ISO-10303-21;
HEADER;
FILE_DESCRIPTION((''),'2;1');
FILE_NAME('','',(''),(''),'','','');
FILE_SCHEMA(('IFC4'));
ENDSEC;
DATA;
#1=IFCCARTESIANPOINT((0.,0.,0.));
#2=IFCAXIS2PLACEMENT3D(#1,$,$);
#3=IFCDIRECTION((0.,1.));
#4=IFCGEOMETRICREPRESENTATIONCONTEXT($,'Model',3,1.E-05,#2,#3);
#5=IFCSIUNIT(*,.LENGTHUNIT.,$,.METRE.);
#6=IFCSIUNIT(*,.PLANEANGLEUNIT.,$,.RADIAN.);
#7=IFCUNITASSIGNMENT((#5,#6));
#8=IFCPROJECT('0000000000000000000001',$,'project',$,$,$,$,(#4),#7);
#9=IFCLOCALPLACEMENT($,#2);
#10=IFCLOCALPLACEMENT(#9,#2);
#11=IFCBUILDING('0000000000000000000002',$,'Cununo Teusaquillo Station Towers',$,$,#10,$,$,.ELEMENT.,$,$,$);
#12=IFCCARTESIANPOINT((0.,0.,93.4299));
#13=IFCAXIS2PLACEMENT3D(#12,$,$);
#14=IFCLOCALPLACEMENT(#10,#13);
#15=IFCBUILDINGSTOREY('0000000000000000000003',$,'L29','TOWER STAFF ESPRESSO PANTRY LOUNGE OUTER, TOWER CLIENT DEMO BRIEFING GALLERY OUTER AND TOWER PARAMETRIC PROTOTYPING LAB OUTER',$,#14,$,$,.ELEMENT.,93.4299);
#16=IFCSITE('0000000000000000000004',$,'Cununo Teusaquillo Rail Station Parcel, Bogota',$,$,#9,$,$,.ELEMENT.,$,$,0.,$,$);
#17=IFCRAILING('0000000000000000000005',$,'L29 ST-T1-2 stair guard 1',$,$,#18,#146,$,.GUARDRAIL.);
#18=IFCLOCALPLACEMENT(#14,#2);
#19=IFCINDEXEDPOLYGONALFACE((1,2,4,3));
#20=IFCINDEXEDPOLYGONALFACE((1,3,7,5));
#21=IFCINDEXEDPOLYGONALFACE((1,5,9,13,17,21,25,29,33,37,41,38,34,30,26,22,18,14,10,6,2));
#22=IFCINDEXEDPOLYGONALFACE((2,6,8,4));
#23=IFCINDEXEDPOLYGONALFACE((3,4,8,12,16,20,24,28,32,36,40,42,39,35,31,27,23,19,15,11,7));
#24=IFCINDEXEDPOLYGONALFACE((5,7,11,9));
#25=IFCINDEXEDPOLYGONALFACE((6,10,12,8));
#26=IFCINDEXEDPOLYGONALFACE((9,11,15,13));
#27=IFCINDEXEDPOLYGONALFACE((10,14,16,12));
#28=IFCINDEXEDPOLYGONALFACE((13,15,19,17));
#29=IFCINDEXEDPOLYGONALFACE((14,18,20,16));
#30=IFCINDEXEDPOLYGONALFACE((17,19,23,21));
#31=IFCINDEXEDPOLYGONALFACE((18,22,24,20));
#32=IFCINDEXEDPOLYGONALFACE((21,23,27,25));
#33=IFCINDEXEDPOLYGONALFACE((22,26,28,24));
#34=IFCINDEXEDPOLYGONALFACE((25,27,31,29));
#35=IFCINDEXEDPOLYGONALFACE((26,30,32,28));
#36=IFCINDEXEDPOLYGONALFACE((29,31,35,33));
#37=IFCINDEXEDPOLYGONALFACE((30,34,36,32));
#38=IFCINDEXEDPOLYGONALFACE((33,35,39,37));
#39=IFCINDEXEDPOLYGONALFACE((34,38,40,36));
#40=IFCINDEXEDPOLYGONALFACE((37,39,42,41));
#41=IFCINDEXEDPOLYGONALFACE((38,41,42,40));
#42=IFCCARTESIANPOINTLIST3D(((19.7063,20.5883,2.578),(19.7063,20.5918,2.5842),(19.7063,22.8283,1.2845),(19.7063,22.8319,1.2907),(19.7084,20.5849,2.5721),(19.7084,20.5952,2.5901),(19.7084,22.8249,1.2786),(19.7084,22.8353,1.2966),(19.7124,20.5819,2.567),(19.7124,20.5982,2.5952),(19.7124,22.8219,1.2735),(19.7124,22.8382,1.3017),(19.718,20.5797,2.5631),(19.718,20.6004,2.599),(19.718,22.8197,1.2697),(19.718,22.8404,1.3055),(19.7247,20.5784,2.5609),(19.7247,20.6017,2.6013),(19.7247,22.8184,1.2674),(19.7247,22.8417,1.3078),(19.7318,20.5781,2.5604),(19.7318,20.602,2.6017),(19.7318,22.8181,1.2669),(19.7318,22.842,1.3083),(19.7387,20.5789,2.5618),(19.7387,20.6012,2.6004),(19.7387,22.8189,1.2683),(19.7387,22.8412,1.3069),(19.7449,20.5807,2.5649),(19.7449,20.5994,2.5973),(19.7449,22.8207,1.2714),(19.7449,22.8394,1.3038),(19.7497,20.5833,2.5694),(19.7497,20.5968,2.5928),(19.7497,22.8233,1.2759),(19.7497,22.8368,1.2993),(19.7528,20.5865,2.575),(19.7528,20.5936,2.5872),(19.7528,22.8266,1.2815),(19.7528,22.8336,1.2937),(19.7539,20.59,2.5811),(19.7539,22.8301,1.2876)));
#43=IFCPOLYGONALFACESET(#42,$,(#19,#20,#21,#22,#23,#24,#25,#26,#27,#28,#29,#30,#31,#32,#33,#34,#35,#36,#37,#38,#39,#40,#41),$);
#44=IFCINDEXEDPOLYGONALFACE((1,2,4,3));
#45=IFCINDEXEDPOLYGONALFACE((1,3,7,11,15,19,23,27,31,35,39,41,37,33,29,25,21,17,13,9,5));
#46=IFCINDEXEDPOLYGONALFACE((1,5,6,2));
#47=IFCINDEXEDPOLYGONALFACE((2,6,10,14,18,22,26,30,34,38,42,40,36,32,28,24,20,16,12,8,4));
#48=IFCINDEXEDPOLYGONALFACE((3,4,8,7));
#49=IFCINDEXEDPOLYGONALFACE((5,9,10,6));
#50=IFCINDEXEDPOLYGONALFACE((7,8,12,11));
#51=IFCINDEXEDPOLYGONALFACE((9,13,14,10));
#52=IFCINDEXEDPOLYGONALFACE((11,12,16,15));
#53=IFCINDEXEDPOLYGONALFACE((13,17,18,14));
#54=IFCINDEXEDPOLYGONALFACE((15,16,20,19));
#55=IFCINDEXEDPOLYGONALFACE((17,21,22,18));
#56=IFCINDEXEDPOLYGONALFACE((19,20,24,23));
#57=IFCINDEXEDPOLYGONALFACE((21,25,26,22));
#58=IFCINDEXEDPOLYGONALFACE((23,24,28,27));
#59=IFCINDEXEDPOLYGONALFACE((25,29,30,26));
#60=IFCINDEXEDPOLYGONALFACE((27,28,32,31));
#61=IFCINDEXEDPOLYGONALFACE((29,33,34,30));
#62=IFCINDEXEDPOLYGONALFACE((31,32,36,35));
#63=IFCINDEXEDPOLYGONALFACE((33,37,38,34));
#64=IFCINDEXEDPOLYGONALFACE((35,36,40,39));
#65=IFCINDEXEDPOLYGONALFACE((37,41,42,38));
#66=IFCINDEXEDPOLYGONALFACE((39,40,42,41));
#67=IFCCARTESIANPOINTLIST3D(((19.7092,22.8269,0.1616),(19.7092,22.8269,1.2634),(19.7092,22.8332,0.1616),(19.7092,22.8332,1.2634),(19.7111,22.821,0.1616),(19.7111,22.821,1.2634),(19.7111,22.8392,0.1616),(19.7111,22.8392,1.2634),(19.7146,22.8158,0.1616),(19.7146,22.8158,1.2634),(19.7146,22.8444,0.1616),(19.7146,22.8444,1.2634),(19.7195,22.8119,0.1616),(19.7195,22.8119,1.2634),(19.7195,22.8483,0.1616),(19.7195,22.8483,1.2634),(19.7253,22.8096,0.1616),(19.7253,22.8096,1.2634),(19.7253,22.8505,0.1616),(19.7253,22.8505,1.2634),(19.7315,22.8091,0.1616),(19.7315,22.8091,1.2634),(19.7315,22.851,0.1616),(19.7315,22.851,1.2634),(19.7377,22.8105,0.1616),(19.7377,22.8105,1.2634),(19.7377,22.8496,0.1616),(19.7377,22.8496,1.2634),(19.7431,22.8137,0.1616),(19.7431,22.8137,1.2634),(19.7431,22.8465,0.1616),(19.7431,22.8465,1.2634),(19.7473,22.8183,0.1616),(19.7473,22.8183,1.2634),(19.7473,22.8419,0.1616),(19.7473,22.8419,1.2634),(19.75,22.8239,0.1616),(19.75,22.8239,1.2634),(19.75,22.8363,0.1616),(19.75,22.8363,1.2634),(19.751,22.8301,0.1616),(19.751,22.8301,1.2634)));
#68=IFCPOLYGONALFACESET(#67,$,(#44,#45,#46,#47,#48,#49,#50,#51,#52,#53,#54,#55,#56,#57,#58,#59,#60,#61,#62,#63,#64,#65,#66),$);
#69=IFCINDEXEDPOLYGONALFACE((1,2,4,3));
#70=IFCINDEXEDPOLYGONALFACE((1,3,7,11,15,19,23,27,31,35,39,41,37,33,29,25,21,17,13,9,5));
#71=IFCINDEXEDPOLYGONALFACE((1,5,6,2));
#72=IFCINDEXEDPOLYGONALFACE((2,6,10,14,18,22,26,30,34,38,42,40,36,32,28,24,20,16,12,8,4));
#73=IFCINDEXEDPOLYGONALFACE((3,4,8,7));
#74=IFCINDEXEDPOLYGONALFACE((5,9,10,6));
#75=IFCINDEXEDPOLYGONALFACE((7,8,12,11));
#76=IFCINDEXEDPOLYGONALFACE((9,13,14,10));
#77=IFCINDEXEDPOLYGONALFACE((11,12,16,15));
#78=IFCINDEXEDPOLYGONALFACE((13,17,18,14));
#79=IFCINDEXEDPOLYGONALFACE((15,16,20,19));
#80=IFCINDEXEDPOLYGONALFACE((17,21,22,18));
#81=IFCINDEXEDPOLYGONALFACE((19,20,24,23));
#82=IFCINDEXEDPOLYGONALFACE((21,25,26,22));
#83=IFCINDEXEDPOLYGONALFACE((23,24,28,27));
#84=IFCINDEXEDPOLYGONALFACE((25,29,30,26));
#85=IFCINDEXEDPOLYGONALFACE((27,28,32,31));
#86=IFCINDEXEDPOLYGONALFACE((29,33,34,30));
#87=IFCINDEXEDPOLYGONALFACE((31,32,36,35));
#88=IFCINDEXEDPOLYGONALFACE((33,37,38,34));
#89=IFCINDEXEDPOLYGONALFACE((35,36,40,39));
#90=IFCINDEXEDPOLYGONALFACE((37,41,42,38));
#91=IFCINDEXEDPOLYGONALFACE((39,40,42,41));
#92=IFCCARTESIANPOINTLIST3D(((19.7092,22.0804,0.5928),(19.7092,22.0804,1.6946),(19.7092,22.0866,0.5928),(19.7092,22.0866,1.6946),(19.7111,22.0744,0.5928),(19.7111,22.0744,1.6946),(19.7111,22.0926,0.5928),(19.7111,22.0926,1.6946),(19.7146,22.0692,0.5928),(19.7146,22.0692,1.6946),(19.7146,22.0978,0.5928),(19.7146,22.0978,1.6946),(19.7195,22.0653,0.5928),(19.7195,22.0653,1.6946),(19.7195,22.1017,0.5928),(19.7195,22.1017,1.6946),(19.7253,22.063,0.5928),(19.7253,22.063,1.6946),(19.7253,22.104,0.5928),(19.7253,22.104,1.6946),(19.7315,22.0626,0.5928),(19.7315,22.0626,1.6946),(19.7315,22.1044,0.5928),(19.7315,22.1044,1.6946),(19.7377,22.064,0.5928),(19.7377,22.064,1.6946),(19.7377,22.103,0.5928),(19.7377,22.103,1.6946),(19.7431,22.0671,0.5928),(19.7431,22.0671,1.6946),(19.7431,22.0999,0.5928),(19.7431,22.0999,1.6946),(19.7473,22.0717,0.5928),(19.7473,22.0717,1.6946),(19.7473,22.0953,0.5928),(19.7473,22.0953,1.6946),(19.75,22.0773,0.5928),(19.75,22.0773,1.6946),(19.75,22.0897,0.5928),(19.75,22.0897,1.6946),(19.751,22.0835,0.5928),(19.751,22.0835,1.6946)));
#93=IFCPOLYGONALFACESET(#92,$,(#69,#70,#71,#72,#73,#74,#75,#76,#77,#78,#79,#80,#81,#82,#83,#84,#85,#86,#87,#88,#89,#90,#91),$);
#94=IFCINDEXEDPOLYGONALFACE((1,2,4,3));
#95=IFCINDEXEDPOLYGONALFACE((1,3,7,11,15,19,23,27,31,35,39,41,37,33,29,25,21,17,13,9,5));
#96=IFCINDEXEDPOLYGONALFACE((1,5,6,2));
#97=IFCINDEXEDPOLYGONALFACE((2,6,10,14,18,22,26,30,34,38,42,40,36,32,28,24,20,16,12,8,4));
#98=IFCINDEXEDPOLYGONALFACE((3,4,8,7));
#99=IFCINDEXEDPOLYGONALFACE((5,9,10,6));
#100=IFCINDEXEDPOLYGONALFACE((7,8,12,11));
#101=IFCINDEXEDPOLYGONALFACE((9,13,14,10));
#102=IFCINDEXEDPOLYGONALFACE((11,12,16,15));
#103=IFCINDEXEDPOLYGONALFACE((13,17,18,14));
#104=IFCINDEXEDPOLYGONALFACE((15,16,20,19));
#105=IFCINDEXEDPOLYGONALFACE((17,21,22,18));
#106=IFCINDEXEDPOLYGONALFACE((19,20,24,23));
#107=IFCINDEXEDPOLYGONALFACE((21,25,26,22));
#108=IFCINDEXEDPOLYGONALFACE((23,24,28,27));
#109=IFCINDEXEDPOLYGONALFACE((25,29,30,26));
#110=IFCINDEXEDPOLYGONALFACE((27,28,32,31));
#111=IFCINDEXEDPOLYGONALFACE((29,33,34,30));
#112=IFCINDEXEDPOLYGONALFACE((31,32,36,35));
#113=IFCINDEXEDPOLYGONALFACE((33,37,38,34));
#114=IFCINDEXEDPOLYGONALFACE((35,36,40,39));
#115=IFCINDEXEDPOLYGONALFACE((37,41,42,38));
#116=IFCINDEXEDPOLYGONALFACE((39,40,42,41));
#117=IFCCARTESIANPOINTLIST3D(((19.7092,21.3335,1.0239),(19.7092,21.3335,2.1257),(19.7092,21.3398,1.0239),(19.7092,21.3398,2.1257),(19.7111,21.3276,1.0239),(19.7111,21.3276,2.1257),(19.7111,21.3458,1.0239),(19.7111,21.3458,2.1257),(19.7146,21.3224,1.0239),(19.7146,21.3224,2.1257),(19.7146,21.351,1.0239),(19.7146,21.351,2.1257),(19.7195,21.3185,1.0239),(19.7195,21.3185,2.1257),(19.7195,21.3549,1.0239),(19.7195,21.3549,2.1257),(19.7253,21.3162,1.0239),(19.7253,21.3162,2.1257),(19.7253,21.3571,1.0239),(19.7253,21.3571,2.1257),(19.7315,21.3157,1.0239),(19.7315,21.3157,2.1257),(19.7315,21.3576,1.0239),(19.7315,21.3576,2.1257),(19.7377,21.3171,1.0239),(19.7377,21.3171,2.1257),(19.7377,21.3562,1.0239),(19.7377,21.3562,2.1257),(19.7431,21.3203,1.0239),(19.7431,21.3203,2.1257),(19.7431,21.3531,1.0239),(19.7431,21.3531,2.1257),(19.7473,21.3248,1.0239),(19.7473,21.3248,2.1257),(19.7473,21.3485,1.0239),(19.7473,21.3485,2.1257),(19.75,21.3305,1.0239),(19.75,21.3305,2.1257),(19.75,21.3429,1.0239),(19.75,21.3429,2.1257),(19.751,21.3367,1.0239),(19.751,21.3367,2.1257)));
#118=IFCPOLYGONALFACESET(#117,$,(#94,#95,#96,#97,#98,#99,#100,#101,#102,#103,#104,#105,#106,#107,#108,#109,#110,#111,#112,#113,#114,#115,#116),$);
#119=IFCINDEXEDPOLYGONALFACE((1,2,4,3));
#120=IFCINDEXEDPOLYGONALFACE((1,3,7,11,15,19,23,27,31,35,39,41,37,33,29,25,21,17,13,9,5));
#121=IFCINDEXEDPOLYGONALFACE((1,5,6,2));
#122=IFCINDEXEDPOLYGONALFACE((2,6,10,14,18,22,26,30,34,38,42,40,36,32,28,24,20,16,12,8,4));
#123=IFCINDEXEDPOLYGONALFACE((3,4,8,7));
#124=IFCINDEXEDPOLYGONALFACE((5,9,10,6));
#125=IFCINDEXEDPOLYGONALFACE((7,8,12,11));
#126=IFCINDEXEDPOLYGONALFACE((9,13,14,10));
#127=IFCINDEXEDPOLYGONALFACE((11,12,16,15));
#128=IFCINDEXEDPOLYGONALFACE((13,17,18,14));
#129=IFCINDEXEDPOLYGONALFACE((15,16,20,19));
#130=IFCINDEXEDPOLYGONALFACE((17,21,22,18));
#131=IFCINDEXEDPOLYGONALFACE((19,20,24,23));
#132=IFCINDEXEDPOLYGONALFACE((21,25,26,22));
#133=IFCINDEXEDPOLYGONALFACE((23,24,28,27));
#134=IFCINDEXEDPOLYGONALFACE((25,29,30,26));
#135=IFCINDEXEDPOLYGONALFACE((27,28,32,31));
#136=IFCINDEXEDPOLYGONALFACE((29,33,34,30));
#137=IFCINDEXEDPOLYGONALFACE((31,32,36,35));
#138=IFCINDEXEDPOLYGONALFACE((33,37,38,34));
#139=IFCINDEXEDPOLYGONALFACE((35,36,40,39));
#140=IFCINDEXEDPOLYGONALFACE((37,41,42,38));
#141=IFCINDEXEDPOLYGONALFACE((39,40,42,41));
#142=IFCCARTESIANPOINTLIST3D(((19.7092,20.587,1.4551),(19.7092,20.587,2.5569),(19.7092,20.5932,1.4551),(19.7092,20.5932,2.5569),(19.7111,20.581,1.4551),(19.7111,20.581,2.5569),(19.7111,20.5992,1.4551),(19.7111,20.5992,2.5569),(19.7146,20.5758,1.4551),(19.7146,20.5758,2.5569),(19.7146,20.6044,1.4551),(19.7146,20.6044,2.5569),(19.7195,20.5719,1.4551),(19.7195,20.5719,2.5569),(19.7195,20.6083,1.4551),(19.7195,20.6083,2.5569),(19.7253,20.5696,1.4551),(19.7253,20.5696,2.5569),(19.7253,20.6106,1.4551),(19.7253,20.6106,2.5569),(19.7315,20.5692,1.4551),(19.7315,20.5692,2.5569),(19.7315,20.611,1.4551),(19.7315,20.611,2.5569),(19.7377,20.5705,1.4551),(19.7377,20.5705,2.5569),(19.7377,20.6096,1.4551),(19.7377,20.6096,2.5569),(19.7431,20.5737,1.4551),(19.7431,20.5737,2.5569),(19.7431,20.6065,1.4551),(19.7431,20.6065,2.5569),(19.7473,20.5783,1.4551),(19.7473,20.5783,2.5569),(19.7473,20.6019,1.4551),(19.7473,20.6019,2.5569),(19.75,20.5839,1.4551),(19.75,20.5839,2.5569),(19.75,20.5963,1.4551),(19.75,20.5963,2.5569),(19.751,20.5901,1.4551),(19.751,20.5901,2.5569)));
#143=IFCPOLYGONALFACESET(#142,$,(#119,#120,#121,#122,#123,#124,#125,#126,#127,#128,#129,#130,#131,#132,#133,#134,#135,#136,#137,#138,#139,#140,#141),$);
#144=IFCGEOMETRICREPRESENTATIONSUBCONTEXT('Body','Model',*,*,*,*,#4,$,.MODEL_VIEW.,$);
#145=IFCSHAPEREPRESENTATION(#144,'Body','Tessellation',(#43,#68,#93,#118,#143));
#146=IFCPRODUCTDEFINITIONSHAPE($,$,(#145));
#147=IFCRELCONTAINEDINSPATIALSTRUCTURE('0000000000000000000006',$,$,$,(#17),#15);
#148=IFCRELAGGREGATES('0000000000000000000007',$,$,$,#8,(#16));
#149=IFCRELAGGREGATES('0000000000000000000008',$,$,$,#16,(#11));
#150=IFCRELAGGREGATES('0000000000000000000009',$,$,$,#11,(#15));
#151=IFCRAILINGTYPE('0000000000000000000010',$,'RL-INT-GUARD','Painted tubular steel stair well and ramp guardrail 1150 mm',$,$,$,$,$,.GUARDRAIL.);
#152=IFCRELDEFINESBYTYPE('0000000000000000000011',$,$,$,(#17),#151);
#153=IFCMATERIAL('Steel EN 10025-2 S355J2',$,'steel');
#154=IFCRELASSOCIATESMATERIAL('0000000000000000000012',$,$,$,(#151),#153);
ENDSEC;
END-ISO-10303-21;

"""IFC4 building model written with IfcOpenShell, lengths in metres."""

from ifc_helpers import new_model, si_unit, direction, frame, origin, origin_2d, place, context, subcontext, project, spatial, circle, extrude, material, type_object, element, save


model = new_model("IFC4")

# Units and contexts
model_context = context("Model", 3, precision=1e-05, world=origin(), true_north=direction((0.0, 1.0)))
body_context = subcontext(model_context, "Body", "Model", "MODEL_VIEW")
ifc_project = project(units=[si_unit("LENGTHUNIT", "METRE"), si_unit("PLANEANGLEUNIT", "RADIAN")], contexts=[model_context])

# Site, building, storey
site_placement = place(None, origin())
site = spatial("IfcSite", under=ifc_project, at=site_placement, Name="Cununo Teusaquillo Rail Station Parcel, Bogota", CompositionType="ELEMENT", RefElevation=0.0)
building_placement = place(site_placement, origin())
building = spatial("IfcBuilding", under=site, at=building_placement, Name="Cununo Teusaquillo Station Towers", CompositionType="ELEMENT")
storey_placement = place(building_placement, frame((0.0, 0.0, 93.4299)))
storey = spatial("IfcBuildingStorey", under=building, at=storey_placement, Name="L29", Description="TOWER STAFF ESPRESSO PANTRY LOUNGE OUTER, TOWER CLIENT DEMO BRIEFING GALLERY OUTER AND TOWER PARAMETRIC PROTOTYPING LAB OUTER", CompositionType="ELEMENT", Elevation=93.4299)

# Railing
ifc_material_1 = material(Name="Steel EN 10025-2 S355J2", Category="steel")
railing_type_1 = type_object("IfcRailingType", Name="RL-INT-GUARD", Description="Painted tubular steel stair well and ramp guardrail 1150 mm", PredefinedType="GUARDRAIL", material=ifc_material_1)
railing_1_placement = place(storey_placement, frame((19.73, 22.8301, 0.1616)))
element("IfcRailing", 1, at=railing_1_placement, inside=storey, type_object=railing_type_1, Name="L29 ST-T1-2 stair guard 1", PredefinedType="GUARDRAIL", context=body_context, shape_type="SweptSolid", body=[
    extrude(circle(Radius=0.0239, at=origin_2d()), frame((0.0, 0.0, 1.126), z_axis=(0.0, -0.865992, 0.500057), x_axis=(1.0, 0.0, 0.0)), (0.0, 0.0, 1.0), 2.5867),
    extrude(circle(Radius=0.021, at=origin_2d()), origin(), (0.0, 0.0, 1.0), 1.1018),
    extrude(circle(Radius=0.021, at=origin_2d()), frame((0.0, -0.7466, 0.4312)), (0.0, 0.0, 1.0), 1.1018),
    extrude(circle(Radius=0.021, at=origin_2d()), frame((0.0, -1.4934, 0.8623)), (0.0, 0.0, 1.0), 1.1018),
    extrude(circle(Radius=0.021, at=origin_2d()), frame((0.0, -2.24, 1.2935)), (0.0, 0.0, 1.0), 1.1018),
])

save(model, "model.ifc")
